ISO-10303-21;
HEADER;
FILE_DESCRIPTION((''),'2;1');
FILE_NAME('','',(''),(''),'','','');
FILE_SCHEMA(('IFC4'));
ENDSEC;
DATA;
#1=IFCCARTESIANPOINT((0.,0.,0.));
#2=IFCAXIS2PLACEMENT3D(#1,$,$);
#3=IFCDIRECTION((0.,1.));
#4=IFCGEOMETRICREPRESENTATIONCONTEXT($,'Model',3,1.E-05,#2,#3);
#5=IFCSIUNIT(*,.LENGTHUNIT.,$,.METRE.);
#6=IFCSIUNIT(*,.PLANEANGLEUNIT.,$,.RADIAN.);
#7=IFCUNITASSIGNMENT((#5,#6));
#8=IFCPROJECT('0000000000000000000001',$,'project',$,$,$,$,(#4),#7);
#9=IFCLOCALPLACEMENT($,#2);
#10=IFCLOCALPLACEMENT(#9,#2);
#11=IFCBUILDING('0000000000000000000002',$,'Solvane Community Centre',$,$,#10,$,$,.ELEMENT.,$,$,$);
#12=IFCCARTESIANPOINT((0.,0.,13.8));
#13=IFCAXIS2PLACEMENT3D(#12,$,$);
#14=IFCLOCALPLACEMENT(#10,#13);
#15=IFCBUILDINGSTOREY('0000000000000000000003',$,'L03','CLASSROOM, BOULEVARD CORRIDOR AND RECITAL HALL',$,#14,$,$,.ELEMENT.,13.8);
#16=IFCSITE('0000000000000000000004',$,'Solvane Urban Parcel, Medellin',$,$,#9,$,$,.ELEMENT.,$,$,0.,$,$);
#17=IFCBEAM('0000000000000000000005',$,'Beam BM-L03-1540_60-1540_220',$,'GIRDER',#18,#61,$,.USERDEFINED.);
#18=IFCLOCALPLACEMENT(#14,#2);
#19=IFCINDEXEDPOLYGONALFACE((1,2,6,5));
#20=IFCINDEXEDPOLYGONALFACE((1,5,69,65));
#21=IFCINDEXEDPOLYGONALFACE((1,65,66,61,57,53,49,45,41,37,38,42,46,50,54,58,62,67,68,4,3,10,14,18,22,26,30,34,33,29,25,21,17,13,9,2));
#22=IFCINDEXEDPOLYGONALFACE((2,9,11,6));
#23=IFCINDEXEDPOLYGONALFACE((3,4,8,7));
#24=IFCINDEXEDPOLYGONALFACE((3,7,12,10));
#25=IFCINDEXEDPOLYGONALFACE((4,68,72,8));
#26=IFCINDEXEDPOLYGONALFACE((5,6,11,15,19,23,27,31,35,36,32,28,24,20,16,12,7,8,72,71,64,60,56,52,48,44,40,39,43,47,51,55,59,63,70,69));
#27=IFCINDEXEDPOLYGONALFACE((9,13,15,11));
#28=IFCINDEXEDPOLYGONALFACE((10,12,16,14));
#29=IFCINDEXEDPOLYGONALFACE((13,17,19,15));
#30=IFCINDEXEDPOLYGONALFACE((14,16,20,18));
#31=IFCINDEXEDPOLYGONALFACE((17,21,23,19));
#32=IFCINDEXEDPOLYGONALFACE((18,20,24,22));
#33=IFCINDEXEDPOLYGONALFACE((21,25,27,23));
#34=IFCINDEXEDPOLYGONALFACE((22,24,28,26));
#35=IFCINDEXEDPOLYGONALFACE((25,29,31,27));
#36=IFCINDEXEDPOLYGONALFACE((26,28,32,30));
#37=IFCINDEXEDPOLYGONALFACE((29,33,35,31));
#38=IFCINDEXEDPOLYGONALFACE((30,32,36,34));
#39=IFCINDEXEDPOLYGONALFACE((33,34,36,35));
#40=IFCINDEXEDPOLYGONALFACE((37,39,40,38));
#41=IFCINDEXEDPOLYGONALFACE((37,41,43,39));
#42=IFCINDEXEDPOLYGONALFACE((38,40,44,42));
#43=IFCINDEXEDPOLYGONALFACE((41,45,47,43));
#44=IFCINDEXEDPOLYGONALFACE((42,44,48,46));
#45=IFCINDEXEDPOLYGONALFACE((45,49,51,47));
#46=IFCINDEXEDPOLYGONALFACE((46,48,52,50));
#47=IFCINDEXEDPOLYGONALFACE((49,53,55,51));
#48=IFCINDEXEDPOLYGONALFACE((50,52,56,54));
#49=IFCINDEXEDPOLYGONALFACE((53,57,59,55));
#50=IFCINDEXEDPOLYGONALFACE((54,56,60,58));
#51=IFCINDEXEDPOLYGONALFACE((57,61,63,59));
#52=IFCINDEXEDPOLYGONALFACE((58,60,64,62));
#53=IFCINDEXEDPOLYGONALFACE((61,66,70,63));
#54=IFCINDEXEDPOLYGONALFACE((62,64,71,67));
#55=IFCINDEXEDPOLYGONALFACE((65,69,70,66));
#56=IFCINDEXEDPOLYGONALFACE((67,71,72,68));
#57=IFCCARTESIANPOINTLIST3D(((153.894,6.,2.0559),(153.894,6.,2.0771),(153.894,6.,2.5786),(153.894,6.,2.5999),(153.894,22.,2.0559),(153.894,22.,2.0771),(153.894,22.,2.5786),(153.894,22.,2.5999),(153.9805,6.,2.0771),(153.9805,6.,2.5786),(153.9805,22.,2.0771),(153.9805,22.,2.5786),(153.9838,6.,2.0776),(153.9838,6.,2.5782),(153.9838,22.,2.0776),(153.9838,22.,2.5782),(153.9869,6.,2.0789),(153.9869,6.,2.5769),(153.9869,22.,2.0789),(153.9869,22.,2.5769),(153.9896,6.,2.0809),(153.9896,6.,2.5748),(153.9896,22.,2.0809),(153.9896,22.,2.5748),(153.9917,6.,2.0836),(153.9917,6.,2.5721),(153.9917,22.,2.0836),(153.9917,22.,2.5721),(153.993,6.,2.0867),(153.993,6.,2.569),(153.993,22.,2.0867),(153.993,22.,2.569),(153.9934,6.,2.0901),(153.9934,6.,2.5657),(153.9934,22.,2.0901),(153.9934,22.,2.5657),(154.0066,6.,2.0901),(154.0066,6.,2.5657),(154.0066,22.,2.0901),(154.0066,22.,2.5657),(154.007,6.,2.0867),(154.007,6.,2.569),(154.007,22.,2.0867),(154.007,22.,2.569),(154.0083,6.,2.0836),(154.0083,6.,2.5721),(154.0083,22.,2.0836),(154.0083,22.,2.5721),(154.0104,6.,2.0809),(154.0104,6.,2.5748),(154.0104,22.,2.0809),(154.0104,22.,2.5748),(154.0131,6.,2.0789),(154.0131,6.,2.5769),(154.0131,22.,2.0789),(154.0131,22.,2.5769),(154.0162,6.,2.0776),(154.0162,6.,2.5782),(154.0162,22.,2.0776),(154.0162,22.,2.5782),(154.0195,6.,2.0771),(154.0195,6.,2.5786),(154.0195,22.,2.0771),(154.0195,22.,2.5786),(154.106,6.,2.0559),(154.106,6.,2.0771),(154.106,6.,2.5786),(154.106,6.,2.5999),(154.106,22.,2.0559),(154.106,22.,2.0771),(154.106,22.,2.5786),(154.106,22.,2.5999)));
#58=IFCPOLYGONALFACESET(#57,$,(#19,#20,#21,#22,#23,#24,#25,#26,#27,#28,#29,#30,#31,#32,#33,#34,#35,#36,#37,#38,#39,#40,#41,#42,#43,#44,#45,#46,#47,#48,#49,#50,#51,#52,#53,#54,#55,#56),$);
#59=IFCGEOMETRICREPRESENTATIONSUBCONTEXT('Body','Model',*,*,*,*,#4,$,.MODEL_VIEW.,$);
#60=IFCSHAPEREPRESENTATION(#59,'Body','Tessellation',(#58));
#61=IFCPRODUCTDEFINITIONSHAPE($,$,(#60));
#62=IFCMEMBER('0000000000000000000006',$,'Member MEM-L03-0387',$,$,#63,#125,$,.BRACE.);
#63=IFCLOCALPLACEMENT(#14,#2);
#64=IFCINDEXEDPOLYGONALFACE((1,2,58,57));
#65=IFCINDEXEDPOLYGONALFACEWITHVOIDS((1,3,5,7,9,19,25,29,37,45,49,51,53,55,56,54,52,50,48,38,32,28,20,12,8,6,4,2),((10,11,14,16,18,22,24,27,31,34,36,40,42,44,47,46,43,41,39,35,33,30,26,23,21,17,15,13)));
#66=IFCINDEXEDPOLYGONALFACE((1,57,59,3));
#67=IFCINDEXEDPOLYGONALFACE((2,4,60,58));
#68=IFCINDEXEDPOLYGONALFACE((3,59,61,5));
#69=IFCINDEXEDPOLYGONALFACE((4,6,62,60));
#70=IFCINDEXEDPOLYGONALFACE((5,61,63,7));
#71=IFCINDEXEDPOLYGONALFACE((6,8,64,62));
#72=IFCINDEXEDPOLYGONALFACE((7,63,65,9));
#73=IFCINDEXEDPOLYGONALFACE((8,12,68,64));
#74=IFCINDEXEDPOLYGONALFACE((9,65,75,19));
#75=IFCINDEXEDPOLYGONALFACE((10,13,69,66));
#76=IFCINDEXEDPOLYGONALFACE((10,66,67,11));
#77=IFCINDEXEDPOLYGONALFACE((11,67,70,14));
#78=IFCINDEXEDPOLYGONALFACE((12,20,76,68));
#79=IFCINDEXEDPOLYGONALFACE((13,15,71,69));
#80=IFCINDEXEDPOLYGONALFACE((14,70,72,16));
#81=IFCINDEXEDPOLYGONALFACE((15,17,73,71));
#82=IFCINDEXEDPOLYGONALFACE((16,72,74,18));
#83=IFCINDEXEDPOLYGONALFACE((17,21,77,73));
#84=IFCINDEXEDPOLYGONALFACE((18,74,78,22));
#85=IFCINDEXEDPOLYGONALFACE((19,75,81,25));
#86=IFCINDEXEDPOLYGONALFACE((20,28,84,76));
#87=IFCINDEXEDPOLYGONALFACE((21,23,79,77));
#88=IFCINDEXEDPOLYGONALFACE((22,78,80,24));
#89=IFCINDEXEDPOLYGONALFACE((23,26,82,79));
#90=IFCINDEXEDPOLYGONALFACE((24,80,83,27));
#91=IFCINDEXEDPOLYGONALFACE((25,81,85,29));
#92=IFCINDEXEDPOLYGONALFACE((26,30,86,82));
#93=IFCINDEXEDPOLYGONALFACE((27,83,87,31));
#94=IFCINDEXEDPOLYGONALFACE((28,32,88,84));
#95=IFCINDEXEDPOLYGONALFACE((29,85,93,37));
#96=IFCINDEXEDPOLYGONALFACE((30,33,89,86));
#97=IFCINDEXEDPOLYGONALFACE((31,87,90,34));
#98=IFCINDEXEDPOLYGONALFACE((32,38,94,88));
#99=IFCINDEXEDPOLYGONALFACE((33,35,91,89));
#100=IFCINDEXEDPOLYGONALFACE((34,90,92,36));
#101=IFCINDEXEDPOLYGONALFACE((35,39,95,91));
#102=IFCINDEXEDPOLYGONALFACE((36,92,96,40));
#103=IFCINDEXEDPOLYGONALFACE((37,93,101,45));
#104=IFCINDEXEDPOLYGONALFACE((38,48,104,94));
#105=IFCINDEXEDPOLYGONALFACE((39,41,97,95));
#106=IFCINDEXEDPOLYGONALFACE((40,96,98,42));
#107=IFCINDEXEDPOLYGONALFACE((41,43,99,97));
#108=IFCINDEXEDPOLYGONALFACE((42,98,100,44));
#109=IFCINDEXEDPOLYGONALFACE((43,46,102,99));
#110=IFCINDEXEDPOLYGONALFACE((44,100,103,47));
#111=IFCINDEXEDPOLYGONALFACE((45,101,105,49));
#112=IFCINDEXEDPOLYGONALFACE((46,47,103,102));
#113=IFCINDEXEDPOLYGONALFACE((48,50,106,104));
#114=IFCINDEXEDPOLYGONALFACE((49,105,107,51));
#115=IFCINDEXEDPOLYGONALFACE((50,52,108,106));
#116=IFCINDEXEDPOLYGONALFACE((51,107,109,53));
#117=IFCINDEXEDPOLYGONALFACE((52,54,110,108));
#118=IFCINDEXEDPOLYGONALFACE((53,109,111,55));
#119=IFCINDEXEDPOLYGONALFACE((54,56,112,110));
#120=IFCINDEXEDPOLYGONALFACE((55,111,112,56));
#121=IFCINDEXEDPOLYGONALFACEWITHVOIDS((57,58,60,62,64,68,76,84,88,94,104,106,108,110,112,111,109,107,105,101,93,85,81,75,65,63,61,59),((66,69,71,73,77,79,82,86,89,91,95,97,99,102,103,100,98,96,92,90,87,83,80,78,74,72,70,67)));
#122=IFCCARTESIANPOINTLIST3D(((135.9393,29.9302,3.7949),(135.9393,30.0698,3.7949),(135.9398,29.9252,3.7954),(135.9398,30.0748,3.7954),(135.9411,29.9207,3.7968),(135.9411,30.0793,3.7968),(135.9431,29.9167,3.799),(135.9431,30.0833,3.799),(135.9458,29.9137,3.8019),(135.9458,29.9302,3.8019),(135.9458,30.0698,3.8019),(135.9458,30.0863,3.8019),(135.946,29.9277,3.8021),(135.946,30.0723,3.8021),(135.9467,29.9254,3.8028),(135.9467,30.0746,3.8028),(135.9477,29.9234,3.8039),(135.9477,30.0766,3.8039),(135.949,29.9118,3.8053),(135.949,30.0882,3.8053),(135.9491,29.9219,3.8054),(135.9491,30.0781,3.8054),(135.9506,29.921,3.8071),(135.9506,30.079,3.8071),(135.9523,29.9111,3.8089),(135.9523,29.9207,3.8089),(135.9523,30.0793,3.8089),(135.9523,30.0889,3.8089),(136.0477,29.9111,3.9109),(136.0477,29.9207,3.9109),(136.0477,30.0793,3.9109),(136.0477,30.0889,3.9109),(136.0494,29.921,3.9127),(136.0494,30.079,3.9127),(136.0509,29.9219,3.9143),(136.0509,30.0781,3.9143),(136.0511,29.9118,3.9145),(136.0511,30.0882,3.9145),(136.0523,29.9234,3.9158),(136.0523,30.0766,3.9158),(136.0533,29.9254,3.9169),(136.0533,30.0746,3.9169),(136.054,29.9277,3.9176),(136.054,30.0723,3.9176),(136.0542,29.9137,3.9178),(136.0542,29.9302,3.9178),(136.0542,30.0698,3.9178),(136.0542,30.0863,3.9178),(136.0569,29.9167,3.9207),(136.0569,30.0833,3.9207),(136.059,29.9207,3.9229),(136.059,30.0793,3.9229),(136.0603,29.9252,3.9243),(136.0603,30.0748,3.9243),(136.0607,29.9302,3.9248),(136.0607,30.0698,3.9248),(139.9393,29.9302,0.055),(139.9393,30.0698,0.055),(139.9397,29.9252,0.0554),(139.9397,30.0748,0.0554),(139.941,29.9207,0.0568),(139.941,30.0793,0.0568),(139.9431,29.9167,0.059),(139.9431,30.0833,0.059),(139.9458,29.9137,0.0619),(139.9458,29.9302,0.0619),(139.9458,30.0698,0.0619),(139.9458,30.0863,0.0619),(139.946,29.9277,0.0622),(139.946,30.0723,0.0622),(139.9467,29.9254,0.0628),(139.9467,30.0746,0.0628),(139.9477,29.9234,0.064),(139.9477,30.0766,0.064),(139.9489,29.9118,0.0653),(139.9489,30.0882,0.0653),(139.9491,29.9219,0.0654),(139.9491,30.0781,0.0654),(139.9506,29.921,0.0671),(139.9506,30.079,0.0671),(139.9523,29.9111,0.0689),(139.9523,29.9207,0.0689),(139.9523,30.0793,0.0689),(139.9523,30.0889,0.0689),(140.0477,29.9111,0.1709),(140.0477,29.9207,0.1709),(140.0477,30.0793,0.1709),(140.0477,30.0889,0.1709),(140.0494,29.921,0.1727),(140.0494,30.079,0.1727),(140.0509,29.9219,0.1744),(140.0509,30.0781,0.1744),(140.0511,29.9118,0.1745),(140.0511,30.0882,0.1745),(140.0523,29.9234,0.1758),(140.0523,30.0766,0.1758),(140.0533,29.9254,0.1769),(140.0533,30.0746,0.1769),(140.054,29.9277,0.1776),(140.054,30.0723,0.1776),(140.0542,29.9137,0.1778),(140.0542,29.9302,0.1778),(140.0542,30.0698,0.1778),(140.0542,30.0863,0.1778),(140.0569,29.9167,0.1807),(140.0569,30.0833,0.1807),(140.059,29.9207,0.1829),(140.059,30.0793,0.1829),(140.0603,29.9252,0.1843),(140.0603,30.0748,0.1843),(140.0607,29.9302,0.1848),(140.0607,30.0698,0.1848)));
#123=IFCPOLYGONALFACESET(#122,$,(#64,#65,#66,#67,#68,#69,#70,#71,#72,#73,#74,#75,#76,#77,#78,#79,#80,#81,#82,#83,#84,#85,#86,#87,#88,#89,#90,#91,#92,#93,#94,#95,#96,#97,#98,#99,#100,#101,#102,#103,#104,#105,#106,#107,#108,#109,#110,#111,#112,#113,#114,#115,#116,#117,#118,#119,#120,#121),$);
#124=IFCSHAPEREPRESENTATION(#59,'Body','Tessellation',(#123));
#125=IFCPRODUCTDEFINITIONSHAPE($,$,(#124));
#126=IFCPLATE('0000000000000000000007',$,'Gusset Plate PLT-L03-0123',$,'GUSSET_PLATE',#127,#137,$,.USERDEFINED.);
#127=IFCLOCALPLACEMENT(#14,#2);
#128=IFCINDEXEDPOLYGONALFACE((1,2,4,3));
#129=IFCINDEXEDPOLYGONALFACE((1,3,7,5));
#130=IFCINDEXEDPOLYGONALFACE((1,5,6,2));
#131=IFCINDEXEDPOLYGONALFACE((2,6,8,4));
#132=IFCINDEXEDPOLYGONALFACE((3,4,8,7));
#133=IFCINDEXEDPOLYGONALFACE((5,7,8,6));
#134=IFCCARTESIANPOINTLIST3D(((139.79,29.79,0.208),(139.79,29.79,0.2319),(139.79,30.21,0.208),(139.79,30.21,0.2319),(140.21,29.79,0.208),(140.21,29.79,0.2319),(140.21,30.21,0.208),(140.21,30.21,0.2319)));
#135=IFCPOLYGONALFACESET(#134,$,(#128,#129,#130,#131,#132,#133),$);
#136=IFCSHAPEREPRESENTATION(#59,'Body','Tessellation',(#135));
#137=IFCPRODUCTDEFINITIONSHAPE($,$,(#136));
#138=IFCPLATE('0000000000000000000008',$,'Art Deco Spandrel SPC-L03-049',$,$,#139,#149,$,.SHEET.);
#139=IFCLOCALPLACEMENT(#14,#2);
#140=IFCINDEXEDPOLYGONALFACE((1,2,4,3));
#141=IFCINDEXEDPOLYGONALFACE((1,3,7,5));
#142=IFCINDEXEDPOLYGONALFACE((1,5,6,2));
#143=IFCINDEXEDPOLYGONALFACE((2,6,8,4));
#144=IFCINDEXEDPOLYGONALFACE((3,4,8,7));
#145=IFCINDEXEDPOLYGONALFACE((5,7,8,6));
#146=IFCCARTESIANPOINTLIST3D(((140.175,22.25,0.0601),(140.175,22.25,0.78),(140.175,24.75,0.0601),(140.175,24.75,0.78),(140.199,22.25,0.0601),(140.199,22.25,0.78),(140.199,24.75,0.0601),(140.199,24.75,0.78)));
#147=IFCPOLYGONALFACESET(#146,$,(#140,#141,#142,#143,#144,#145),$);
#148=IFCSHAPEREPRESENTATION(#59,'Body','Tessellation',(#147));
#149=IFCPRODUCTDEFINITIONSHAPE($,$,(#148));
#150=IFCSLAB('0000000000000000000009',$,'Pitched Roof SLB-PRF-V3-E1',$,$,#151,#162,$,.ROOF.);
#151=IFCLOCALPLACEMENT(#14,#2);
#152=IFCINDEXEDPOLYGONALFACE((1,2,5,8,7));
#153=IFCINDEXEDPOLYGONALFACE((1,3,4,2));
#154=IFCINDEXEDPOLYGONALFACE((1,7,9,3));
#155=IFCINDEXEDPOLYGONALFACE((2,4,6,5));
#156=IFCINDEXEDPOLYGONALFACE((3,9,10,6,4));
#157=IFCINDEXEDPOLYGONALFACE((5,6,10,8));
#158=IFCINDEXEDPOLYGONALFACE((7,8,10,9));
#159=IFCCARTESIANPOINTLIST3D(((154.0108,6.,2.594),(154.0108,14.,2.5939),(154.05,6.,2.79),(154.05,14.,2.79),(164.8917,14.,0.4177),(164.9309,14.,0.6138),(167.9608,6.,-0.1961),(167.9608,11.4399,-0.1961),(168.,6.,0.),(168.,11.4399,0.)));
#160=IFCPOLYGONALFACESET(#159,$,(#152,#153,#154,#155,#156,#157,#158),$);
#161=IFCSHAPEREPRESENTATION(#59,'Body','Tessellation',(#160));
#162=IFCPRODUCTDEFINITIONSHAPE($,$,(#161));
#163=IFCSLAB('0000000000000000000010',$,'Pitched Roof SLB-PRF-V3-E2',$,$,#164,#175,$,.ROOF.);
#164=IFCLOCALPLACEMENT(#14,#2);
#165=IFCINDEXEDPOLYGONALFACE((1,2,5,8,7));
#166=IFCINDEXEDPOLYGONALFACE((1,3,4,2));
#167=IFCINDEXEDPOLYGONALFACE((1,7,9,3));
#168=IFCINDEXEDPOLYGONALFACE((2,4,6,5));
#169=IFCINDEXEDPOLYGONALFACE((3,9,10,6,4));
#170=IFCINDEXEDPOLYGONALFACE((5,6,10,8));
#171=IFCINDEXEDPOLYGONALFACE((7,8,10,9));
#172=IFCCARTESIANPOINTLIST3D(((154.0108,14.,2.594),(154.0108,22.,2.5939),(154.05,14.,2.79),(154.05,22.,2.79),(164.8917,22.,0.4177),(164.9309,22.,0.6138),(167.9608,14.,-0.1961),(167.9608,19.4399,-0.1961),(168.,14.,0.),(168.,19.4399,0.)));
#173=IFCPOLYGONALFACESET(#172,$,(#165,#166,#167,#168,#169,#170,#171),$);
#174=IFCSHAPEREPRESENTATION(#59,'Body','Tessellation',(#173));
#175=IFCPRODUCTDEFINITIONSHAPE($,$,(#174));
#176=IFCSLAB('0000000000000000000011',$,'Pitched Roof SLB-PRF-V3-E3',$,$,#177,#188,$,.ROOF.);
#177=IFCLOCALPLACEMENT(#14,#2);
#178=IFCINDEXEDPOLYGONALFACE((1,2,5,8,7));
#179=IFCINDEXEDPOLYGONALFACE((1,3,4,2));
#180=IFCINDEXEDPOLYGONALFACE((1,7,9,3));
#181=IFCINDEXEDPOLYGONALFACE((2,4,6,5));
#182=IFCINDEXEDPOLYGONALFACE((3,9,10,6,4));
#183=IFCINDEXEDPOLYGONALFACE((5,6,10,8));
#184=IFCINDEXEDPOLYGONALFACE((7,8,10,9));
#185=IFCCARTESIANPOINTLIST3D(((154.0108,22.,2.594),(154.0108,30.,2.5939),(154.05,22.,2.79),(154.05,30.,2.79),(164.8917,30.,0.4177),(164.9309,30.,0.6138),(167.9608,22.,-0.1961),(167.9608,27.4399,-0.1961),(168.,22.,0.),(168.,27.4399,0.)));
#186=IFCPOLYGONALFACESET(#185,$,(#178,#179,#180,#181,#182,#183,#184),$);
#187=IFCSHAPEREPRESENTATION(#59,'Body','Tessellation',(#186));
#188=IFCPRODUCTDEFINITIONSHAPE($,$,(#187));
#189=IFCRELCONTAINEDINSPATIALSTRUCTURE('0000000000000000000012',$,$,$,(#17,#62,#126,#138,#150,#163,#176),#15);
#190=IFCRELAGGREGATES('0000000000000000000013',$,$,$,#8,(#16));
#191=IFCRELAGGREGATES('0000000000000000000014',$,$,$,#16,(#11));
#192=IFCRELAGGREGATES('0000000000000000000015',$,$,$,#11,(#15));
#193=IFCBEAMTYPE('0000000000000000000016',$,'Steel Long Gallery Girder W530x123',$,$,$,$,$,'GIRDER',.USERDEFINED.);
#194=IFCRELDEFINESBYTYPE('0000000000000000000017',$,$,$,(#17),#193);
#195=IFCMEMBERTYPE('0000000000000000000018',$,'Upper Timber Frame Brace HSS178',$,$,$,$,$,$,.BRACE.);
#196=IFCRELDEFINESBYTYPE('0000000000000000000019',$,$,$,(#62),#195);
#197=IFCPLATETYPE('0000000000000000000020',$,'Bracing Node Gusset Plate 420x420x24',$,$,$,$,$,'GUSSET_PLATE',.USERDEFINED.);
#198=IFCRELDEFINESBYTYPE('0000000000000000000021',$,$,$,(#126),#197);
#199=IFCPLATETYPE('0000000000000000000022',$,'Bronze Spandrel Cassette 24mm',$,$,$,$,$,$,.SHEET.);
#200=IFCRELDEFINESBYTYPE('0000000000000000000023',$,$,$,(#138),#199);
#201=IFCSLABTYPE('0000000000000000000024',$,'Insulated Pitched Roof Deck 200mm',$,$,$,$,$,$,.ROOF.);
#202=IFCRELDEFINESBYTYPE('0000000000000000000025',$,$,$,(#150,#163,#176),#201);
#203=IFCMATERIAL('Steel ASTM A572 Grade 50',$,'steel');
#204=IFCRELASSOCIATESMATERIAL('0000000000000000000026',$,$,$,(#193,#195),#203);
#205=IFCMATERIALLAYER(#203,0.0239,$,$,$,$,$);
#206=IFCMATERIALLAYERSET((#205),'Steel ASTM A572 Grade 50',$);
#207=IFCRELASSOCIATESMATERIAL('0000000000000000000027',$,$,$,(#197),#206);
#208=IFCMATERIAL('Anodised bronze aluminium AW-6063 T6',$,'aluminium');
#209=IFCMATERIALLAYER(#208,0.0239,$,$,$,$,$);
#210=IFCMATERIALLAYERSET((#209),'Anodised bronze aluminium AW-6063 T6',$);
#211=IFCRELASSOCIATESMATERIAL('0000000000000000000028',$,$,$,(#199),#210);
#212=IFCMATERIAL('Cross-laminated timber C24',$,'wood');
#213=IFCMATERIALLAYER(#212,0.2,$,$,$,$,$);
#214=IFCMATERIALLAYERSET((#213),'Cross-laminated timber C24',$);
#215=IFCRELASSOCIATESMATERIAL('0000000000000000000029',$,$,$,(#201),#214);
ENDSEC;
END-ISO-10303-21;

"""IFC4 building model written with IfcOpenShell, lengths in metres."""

from ifc_helpers import new_model, si_unit, direction, frame, origin, origin_2d, place, context, subcontext, project, spatial, polyline, rectangle, hollow_rectangle, i_section, outline, extrude, material, layer, layer_set, material_profile, profile_set, type_object, element, save


model = new_model("IFC4")

# Units and contexts
model_context = context("Model", 3, precision=1e-05, world=origin(), true_north=direction((0.0, 1.0)))
body_context = subcontext(model_context, "Body", "Model", "MODEL_VIEW")
ifc_project = project(units=[si_unit("LENGTHUNIT", "METRE"), si_unit("PLANEANGLEUNIT", "RADIAN")], contexts=[model_context])

# Site, building, storey
site_placement = place(None, origin())
site = spatial("IfcSite", under=ifc_project, at=site_placement, Name="Solvane Urban Parcel, Medellin", CompositionType="ELEMENT", RefElevation=0.0)
building_placement = place(site_placement, origin())
building = spatial("IfcBuilding", under=site, at=building_placement, Name="Solvane Community Centre", CompositionType="ELEMENT")
storey_placement = place(building_placement, frame((0.0, 0.0, 13.8)))
storey = spatial("IfcBuildingStorey", under=building, at=storey_placement, Name="L03", Description="CLASSROOM, BOULEVARD CORRIDOR AND RECITAL HALL", CompositionType="ELEMENT", Elevation=13.8)

# Shared definitions
ifc_material_1 = material(Name="Anodised bronze aluminium AW-6063 T6", Category="aluminium")

# Beam
ifc_material_2 = material(Name="Steel ASTM A572 Grade 50", Category="steel")
ifc_material_profile_1 = material_profile(ifc_material_2, i_section(OverallWidth=0.2119, OverallDepth=0.5439, WebThickness=0.0132, FlangeThickness=0.0212, FilletRadius=0.0129, at=origin_2d()), Name="W530x123")
ifc_profile_set_1 = profile_set([ifc_material_profile_1], Name="Steel ASTM A572 Grade 50")
beam_type_1 = type_object("IfcBeamType", Name="Steel Long Gallery Girder W530x123", ElementType="GIRDER", PredefinedType="USERDEFINED", material=ifc_profile_set_1)
beam_1_placement = place(storey_placement, frame((154.0, 6.0, 2.3279), z_axis=(0.0, 1.0, 0.0), x_axis=(-1.0, 0.0, 0.0)))
element("IfcBeam", 1, at=beam_1_placement, inside=storey, type_object=beam_type_1, Name="Beam BM-L03-1540_60-1540_220", ObjectType="GIRDER", PredefinedType="USERDEFINED", context=body_context, shape_type="SweptSolid", body=[
    extrude(i_section(OverallWidth=0.2119, OverallDepth=0.5439, WebThickness=0.0132, FlangeThickness=0.0212, FilletRadius=0.0129, at=origin_2d()), origin(), (0.0, 0.0, 1.0), 16.0),
])

# Member
ifc_material_profile_2 = material_profile(ifc_material_2, hollow_rectangle(XDim=0.1777, YDim=0.1777, WallThickness=0.0095, InnerFilletRadius=0.0095, OuterFilletRadius=0.019, at=origin_2d()), Name="HSS 178x178x9.5")
ifc_profile_set_2 = profile_set([ifc_material_profile_2], Name="Steel ASTM A572 Grade 50")
member_type_1 = type_object("IfcMemberType", Name="Upper Timber Frame Brace HSS178", PredefinedType="BRACE", material=ifc_profile_set_2)
member_1_placement = place(storey_placement, frame((140.0, 30.0, 0.1199), z_axis=(-0.730449, 0.0, 0.682968), x_axis=(0.0, -1.0, 0.0)))
element("IfcMember", 2, at=member_1_placement, inside=storey, type_object=member_type_1, Name="Member MEM-L03-0387", PredefinedType="BRACE", context=body_context, shape_type="SweptSolid", body=[
    extrude(hollow_rectangle(XDim=0.1777, YDim=0.1777, WallThickness=0.0095, InnerFilletRadius=0.0095, OuterFilletRadius=0.019, at=origin_2d()), origin(), (0.0, 0.0, 1.0), 5.4761),
])

# Plates
ifc_layer_1 = layer(ifc_material_2, 0.0239)
ifc_layer_set_1 = layer_set([ifc_layer_1], Name="Steel ASTM A572 Grade 50")
plate_type_1 = type_object("IfcPlateType", Name="Bracing Node Gusset Plate 420x420x24", ElementType="GUSSET_PLATE", PredefinedType="USERDEFINED", material=ifc_layer_set_1)
plate_1_placement = place(storey_placement, frame((140.0, 30.0, 0.208), z_axis=(0.0, 0.0, 1.0), x_axis=(1.0, 0.0, 0.0)))
element("IfcPlate", 3, at=plate_1_placement, inside=storey, type_object=plate_type_1, Name="Gusset Plate PLT-L03-0123", ObjectType="GUSSET_PLATE", PredefinedType="USERDEFINED", context=body_context, shape_type="SweptSolid", body=[
    extrude(rectangle(XDim=0.4199, YDim=0.4199, at=origin_2d()), origin(), (0.0, 0.0, 1.0), 0.0239),
])
ifc_layer_2 = layer(ifc_material_1, 0.0239)
ifc_layer_set_2 = layer_set([ifc_layer_2], Name="Anodised bronze aluminium AW-6063 T6")
plate_type_2 = type_object("IfcPlateType", Name="Bronze Spandrel Cassette 24mm", PredefinedType="SHEET", material=ifc_layer_set_2)
plate_2_placement = place(storey_placement, frame((140.187, 23.5, 0.0601), z_axis=(0.0, 0.0, 1.0), x_axis=(0.0, -1.0, 0.0)))
element("IfcPlate", 4, at=plate_2_placement, inside=storey, type_object=plate_type_2, Name="Art Deco Spandrel SPC-L03-049", PredefinedType="SHEET", context=body_context, shape_type="SweptSolid", body=[
    extrude(rectangle(XDim=2.5, YDim=0.0239, at=origin_2d()), origin(), (0.0, 0.0, 1.0), 0.72),
])

# Slabs
ifc_material_3 = material(Name="Cross-laminated timber C24", Category="wood")
ifc_layer_3 = layer(ifc_material_3, 0.2)
ifc_layer_set_3 = layer_set([ifc_layer_3], Name="Cross-laminated timber C24")
slab_type = type_object("IfcSlabType", Name="Insulated Pitched Roof Deck 200mm", PredefinedType="ROOF", material=ifc_layer_set_3)
for number, where, z_axis, x_axis, name in (
    (5, (154.05, 6.0, 2.79), (0.19612, 0.000004, 0.98058), (0.98058, 0.0, -0.19612), "Pitched Roof SLB-PRF-V3-E1"),
    (6, (154.05, 14.0, 2.79), (0.19612, 0.000004, 0.98058), (0.98058, 0.0, -0.19612), "Pitched Roof SLB-PRF-V3-E2"),
    (7, (154.05, 22.0, 2.79), (0.19612, 0.000004, 0.98058), (0.98058, 0.0, -0.19612), "Pitched Roof SLB-PRF-V3-E3"),
):
    element("IfcSlab", number, at=place(storey_placement, frame(where, z_axis=z_axis, x_axis=x_axis)), inside=storey, type_object=slab_type, Name=name, PredefinedType="ROOF", context=body_context, shape_type="SweptSolid", body=[
        extrude(outline(polyline([(0.0, 0.0), (14.2262, 0.0), (14.2262, 5.4399), (11.0964, 8.0), (0.0, 8.0), (0.0, 0.0)])), origin(), (0.0, 0.0, -1.0), 0.2),
    ])

save(model, "model.ifc")
